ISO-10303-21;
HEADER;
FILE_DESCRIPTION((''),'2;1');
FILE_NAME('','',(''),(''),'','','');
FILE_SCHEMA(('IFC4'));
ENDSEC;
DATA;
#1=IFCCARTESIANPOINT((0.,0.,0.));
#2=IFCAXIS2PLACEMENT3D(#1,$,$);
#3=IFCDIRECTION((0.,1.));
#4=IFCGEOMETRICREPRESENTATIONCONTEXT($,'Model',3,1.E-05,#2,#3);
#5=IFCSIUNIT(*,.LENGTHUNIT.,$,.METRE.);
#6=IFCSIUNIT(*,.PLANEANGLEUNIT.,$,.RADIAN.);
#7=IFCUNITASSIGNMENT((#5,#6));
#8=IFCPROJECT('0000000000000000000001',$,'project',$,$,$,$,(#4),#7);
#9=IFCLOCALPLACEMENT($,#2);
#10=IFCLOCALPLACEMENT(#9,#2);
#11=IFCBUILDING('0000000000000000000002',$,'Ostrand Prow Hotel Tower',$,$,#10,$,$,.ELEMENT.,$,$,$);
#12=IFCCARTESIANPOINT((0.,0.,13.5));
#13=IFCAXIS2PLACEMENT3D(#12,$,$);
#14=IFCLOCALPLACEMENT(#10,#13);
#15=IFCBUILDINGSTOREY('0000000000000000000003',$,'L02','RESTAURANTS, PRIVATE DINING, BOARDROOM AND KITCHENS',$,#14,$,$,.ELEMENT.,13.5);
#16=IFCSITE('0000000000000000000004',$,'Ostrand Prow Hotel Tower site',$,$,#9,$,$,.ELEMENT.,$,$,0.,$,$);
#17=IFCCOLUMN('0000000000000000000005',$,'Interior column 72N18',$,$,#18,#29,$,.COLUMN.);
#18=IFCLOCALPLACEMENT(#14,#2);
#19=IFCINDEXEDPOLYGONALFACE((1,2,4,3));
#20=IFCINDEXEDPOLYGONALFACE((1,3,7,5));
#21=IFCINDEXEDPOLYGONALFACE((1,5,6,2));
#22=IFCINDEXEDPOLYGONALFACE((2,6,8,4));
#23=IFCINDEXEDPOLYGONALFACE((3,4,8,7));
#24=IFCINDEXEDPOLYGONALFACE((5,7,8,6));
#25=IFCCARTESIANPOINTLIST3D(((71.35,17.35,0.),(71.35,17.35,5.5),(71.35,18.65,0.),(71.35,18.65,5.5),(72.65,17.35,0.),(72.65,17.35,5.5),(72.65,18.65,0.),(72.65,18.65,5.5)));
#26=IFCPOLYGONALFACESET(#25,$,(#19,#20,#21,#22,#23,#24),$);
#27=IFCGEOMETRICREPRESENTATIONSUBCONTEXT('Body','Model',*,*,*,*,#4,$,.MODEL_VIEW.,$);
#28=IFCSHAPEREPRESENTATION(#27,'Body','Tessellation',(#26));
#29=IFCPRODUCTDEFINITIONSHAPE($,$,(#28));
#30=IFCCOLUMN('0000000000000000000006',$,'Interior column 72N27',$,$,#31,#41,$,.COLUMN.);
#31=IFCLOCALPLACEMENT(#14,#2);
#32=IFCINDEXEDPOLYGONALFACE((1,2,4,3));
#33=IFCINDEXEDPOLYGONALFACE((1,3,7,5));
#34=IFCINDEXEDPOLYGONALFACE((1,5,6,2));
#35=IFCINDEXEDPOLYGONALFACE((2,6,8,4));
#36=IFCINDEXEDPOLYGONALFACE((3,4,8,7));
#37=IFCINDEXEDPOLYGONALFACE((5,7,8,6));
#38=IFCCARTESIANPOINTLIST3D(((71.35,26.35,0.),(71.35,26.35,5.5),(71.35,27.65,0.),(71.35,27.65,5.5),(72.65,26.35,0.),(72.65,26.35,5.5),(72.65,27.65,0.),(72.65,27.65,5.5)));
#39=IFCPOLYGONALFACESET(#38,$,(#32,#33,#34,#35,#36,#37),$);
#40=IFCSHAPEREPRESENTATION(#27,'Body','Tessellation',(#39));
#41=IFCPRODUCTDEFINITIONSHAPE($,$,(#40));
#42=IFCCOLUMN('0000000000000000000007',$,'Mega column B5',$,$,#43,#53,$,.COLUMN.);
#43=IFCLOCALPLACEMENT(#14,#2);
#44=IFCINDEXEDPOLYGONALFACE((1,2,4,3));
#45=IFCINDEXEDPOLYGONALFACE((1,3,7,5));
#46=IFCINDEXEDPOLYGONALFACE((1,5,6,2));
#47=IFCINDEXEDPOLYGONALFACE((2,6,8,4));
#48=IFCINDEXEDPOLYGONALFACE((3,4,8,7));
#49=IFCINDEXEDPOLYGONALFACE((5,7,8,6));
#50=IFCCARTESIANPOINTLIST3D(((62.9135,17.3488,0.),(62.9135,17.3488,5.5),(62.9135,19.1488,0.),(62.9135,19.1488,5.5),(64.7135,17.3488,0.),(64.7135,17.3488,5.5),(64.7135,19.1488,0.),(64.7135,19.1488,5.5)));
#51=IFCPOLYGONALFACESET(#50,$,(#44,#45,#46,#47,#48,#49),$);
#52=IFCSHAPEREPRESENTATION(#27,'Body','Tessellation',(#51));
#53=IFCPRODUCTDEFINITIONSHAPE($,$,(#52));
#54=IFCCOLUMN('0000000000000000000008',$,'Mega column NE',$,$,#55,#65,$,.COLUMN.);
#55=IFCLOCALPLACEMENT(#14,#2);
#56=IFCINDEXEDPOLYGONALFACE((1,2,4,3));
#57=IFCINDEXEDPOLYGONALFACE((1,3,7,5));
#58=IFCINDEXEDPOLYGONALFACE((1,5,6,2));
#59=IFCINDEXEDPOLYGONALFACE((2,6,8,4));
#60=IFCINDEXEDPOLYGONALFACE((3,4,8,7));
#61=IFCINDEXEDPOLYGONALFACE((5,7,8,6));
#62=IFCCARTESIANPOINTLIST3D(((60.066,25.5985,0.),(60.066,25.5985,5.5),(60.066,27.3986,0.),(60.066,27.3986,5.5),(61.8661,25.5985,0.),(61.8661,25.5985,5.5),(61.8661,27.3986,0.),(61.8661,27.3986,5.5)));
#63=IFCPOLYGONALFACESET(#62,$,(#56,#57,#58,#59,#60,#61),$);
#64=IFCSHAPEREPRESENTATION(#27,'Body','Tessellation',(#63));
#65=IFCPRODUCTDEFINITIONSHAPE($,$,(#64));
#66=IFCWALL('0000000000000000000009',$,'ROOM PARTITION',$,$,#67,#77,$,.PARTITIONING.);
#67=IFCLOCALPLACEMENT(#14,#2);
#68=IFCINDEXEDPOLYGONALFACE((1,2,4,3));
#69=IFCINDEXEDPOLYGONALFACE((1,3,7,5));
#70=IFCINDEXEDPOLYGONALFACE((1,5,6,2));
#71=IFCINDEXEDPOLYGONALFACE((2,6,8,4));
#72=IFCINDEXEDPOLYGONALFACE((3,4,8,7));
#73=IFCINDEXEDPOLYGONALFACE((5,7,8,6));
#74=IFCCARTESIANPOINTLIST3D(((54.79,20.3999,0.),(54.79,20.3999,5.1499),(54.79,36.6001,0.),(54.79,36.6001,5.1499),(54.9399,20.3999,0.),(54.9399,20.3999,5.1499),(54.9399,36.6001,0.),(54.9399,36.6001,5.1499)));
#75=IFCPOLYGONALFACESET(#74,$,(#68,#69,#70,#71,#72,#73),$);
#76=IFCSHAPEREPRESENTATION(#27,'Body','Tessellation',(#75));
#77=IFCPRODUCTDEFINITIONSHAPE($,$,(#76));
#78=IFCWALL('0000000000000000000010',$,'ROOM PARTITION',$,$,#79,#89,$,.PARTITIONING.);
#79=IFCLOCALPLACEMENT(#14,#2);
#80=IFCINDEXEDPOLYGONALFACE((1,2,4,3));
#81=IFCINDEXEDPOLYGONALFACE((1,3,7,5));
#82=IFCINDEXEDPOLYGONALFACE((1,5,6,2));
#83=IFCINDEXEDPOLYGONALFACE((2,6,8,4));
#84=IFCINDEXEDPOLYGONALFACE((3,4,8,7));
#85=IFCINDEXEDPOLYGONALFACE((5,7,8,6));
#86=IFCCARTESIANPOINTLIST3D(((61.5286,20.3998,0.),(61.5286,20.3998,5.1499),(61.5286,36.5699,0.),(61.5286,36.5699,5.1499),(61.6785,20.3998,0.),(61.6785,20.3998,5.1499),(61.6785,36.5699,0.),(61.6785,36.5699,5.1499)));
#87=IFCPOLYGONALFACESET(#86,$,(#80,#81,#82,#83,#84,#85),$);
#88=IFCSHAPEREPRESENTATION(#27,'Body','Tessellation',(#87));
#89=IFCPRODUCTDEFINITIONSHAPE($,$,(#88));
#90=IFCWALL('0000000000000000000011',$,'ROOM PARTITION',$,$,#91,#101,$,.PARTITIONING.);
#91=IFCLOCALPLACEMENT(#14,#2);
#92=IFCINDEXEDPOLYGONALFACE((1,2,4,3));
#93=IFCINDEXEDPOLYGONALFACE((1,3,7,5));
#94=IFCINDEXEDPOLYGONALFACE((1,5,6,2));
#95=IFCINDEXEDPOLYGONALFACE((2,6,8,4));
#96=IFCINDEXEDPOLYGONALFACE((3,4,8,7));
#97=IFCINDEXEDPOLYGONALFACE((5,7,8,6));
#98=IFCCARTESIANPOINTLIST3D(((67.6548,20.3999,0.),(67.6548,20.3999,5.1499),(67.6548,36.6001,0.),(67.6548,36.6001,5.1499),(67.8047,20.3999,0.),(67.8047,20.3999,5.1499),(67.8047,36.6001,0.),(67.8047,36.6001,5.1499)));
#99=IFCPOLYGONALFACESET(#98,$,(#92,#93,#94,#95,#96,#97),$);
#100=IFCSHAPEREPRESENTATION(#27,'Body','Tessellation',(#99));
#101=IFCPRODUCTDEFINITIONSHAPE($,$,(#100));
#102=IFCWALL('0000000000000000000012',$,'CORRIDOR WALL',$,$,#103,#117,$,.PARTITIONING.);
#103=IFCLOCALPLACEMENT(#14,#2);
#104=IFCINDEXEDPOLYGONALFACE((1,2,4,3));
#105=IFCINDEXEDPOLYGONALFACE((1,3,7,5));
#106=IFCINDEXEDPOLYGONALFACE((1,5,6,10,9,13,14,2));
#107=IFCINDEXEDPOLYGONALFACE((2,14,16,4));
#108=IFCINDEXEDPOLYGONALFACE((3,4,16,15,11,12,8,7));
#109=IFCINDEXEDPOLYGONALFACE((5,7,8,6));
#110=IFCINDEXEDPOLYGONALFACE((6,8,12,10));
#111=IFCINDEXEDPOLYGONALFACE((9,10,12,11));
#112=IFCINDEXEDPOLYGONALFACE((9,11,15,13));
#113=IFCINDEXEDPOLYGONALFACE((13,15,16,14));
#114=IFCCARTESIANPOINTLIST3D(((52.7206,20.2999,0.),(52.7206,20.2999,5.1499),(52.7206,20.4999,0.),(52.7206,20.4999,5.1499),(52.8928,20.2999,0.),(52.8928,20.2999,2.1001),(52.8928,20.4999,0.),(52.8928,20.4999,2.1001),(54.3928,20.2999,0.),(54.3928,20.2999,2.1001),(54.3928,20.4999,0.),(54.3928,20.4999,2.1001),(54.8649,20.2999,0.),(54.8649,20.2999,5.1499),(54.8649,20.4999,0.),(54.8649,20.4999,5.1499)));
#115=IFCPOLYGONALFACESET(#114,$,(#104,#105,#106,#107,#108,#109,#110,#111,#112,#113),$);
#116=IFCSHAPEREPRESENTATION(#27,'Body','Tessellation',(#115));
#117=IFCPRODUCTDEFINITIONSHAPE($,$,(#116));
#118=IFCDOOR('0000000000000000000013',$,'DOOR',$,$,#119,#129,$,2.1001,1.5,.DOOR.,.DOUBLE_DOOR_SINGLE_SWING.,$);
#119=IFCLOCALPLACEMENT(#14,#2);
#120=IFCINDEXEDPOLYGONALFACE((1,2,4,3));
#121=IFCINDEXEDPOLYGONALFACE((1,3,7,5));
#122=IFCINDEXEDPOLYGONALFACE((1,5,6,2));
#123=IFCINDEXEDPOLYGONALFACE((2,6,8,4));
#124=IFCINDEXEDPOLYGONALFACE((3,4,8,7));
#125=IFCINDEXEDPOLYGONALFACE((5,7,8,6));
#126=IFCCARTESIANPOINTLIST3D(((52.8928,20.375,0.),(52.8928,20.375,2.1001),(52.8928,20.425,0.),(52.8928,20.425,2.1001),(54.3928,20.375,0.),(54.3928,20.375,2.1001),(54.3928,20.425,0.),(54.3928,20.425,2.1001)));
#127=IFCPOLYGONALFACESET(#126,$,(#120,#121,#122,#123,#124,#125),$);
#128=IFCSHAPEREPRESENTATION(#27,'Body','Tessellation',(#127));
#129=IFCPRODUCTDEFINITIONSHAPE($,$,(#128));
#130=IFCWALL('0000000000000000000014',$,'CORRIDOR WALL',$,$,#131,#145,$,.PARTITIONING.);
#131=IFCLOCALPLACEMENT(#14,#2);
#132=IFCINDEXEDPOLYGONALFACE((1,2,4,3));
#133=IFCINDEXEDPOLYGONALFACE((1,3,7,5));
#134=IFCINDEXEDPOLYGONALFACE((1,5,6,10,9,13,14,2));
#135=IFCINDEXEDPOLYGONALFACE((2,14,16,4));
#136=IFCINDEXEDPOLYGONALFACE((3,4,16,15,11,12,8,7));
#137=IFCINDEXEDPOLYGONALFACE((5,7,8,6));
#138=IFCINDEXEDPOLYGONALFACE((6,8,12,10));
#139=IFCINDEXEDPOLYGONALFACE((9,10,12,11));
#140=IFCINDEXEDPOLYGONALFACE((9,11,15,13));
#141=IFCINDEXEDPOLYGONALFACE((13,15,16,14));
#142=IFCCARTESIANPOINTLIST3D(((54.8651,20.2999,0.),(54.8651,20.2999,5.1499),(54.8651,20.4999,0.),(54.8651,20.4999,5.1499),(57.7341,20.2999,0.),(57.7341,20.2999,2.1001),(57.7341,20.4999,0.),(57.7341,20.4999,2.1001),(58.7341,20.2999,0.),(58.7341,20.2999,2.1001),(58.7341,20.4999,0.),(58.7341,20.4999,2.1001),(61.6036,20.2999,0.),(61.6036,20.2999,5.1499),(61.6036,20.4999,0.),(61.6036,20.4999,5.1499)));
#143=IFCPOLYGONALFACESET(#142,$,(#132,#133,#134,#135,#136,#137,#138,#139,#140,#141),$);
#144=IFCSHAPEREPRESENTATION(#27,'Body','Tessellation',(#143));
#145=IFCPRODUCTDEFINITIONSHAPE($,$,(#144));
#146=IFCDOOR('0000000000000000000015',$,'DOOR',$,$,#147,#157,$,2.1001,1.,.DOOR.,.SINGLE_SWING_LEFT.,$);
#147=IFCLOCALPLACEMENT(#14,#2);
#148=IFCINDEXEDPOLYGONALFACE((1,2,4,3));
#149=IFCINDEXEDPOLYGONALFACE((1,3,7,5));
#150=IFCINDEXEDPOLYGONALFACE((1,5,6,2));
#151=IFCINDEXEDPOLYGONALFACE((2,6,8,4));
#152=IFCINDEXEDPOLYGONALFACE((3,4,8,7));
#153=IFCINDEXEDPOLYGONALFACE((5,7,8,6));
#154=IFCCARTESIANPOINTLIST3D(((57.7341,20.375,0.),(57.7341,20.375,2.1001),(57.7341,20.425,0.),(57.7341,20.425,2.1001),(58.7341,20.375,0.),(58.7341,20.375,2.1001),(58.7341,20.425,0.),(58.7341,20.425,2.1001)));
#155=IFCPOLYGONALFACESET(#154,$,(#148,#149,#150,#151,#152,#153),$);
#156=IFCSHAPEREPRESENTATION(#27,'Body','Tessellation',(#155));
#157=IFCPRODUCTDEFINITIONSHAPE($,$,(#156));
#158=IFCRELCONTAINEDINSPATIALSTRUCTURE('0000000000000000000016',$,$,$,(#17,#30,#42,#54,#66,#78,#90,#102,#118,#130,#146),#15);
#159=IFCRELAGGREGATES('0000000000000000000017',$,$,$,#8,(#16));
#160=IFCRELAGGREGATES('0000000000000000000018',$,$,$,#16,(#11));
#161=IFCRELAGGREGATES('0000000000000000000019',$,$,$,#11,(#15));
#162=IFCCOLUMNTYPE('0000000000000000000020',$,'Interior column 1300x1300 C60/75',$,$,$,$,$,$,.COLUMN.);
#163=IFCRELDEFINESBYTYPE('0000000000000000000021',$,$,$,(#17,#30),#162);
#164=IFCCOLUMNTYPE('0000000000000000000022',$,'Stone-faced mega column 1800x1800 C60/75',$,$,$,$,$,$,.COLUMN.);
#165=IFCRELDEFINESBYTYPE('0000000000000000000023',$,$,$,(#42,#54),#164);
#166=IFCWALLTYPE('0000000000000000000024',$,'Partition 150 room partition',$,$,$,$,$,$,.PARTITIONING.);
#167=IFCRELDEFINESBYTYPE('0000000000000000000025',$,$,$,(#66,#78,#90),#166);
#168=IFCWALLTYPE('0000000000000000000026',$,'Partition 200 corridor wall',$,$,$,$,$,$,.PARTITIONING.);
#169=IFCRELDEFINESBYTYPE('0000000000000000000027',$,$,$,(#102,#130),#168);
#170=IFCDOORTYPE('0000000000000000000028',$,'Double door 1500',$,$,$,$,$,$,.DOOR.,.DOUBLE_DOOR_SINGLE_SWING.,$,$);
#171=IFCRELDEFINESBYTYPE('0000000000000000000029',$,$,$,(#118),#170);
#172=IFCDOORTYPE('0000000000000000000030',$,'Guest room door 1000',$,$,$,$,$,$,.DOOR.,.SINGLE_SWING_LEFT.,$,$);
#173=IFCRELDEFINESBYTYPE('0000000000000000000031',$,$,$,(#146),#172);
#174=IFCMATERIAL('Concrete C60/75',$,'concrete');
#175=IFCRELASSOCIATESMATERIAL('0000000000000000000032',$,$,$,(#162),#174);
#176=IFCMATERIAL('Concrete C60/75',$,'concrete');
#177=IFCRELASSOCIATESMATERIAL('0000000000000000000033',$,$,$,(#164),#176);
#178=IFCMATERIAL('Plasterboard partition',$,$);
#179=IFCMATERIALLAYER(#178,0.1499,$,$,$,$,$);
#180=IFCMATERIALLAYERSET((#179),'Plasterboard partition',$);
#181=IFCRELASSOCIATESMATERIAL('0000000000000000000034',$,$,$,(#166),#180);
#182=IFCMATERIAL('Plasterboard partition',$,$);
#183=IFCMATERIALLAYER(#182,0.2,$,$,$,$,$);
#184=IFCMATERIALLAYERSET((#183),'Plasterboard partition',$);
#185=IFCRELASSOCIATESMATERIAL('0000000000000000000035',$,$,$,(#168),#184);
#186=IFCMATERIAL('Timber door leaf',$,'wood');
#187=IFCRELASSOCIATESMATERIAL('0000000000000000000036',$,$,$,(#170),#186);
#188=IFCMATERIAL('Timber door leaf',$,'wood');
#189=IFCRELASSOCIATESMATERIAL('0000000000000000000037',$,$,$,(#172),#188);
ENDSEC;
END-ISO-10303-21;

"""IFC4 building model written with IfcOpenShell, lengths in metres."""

from ifc_helpers import new_model, si_unit, direction, frame, frame_2d, origin, origin_2d, place, context, subcontext, project, spatial, rectangle, extrude, material, layer, layer_set, material_profile, profile_set, type_object, element, fill, save


model = new_model("IFC4")

# Units and contexts
model_context = context("Model", 3, precision=1e-05, world=origin(), true_north=direction((0.0, 1.0)))
body_context = subcontext(model_context, "Body", "Model", "MODEL_VIEW")
ifc_project = project(units=[si_unit("LENGTHUNIT", "METRE"), si_unit("PLANEANGLEUNIT", "RADIAN")], contexts=[model_context])

# Site, building, storey
site_placement = place(None, origin())
site = spatial("IfcSite", under=ifc_project, at=site_placement, Name="Ostrand Prow Hotel Tower site", CompositionType="ELEMENT", RefElevation=0.0)
building_placement = place(site_placement, origin())
building = spatial("IfcBuilding", under=site, at=building_placement, Name="Ostrand Prow Hotel Tower", CompositionType="ELEMENT")
storey_placement = place(building_placement, frame((0.0, 0.0, 13.5)))
storey = spatial("IfcBuildingStorey", under=building, at=storey_placement, Name="L02", Description="RESTAURANTS, PRIVATE DINING, BOARDROOM AND KITCHENS", CompositionType="ELEMENT", Elevation=13.5)

# Columns
ifc_material_1 = material(Name="Concrete C60/75", Category="concrete")
ifc_material_profile_1 = material_profile(ifc_material_1, rectangle(XDim=1.3, YDim=1.3, at=origin_2d()), Name="RC 1300x1300")
ifc_profile_set_1 = profile_set([ifc_material_profile_1], Name="Concrete C60/75")
column_type_1 = type_object("IfcColumnType", Name="Interior column 1300x1300 C60/75", PredefinedType="COLUMN", material=ifc_profile_set_1)
for number, where, z_axis, x_axis, name in (
    (1, (72.0, 18.0, 0.0), (0.0, 0.0, 1.0), (1.0, 0.0, 0.0), "Interior column 72N18"),
    (2, (72.0, 27.0, 0.0), (0.0, 0.0, 1.0), (1.0, 0.0, 0.0), "Interior column 72N27"),
):
    element("IfcColumn", number, at=place(storey_placement, frame(where, z_axis=z_axis, x_axis=x_axis)), inside=storey, type_object=column_type_1, Name=name, PredefinedType="COLUMN", context=body_context, shape_type="SweptSolid", body=[
        extrude(rectangle(XDim=1.3, YDim=1.3, at=origin_2d()), origin(), (0.0, 0.0, 1.0), 5.5),
    ])
ifc_material_2 = material(Name="Concrete C60/75", Category="concrete")
ifc_material_profile_2 = material_profile(ifc_material_2, rectangle(XDim=1.8, YDim=1.8, at=origin_2d()), Name="RC 1800x1800")
ifc_profile_set_2 = profile_set([ifc_material_profile_2], Name="Concrete C60/75")
column_type_2 = type_object("IfcColumnType", Name="Stone-faced mega column 1800x1800 C60/75", PredefinedType="COLUMN", material=ifc_profile_set_2)
for number, where, z_axis, x_axis, name in (
    (3, (63.8135, 18.2488, 0.0), (0.0, 0.0, 1.0), (1.0, 0.0, 0.0), "Mega column B5"),
    (4, (60.9661, 26.4985, 0.0), (0.0, 0.0, 1.0), (1.0, 0.0, 0.0), "Mega column NE"),
):
    element("IfcColumn", number, at=place(storey_placement, frame(where, z_axis=z_axis, x_axis=x_axis)), inside=storey, type_object=column_type_2, Name=name, PredefinedType="COLUMN", context=body_context, shape_type="SweptSolid", body=[
        extrude(rectangle(XDim=1.8, YDim=1.8, at=origin_2d()), origin(), (0.0, 0.0, 1.0), 5.5),
    ])

# Walls
ifc_material_3 = material(Name="Plasterboard partition")
ifc_layer_1 = layer(ifc_material_3, 0.1499)
ifc_layer_set_1 = layer_set([ifc_layer_1], Name="Plasterboard partition")
wall_type_1 = type_object("IfcWallType", Name="Partition 150 room partition", PredefinedType="PARTITIONING", material=ifc_layer_set_1)
wall_1_placement = place(storey_placement, frame((54.865, 20.3999, 0.0), z_axis=(0.0, 0.0, 1.0), x_axis=(0.0, 1.0, 0.0)))
element("IfcWall", 5, at=wall_1_placement, inside=storey, type_object=wall_type_1, Name="ROOM PARTITION", PredefinedType="PARTITIONING", context=body_context, shape_type="SweptSolid", body=[
    extrude(rectangle(XDim=16.2002, YDim=0.1499, at=frame_2d((8.1001, 0.0))), origin(), (0.0, 0.0, 1.0), 5.1499),
])
wall_2_placement = place(storey_placement, frame((61.6035, 20.3999, 0.0), z_axis=(0.0, 0.0, 1.0), x_axis=(0.0, 1.0, 0.0)))
element("IfcWall", 6, at=wall_2_placement, inside=storey, type_object=wall_type_1, Name="ROOM PARTITION", PredefinedType="PARTITIONING", context=body_context, shape_type="SweptSolid", body=[
    extrude(rectangle(XDim=16.1702, YDim=0.1499, at=frame_2d((8.085, 0.0))), origin(), (0.0, 0.0, 1.0), 5.1499),
])
wall_3_placement = place(storey_placement, frame((67.7297, 20.3999, 0.0), z_axis=(0.0, 0.0, 1.0), x_axis=(0.0, 1.0, 0.0)))
element("IfcWall", 7, at=wall_3_placement, inside=storey, type_object=wall_type_1, Name="ROOM PARTITION", PredefinedType="PARTITIONING", context=body_context, shape_type="SweptSolid", body=[
    extrude(rectangle(XDim=16.2002, YDim=0.1499, at=frame_2d((8.1001, 0.0))), origin(), (0.0, 0.0, 1.0), 5.1499),
])

# Walls, openings, doors
ifc_material_4 = material(Name="Plasterboard partition")
ifc_layer_2 = layer(ifc_material_4, 0.2)
ifc_layer_set_2 = layer_set([ifc_layer_2], Name="Plasterboard partition")
wall_type_2 = type_object("IfcWallType", Name="Partition 200 corridor wall", PredefinedType="PARTITIONING", material=ifc_layer_set_2)
wall_4_placement = place(storey_placement, frame((54.865, 20.3999, 0.0), z_axis=(0.0, 0.0, 1.0), x_axis=(-1.0, 0.0, 0.0)))
wall_4 = element("IfcWall", 8, at=wall_4_placement, inside=storey, type_object=wall_type_2, Name="CORRIDOR WALL", PredefinedType="PARTITIONING", context=body_context, shape_type="SweptSolid", body=[
    extrude(rectangle(XDim=2.1443, YDim=0.2, at=frame_2d((1.0723, 0.0))), origin(), (0.0, 0.0, 1.0), 5.1499),
])
opening_1_placement = place(wall_4_placement, frame((0.4722, 0.0, 0.0)))
opening_1 = element("IfcOpeningElement", 9, at=opening_1_placement, cuts=wall_4, PredefinedType="OPENING", context=body_context, shape_type="SweptSolid", body=[
    extrude(rectangle(XDim=1.5, YDim=2.1001, at=frame_2d((0.75, 1.05))), frame((0.0, 0.1099, 0.0), z_axis=(0.0, -1.0, 0.0), x_axis=(1.0, 0.0, 0.0)), (0.0, 0.0, 1.0), 0.22),
])
ifc_material_5 = material(Name="Timber door leaf", Category="wood")
door_type_1 = type_object("IfcDoorType", Name="Double door 1500", OperationType="DOUBLE_DOOR_SINGLE_SWING", PredefinedType="DOOR", material=ifc_material_5)
door_1_placement = place(opening_1_placement, origin())
door_1 = element("IfcDoor", 10, at=door_1_placement, inside=storey, type_object=door_type_1, Name="DOOR", OperationType="DOUBLE_DOOR_SINGLE_SWING", OverallHeight=2.1001, OverallWidth=1.5, PredefinedType="DOOR", context=body_context, shape_type="SweptSolid", body=[
    extrude(rectangle(XDim=1.5, YDim=2.1001, at=frame_2d((0.75, 1.05))), frame((0.0, 0.0249, 0.0), z_axis=(0.0, -1.0, 0.0), x_axis=(1.0, 0.0, 0.0)), (0.0, 0.0, 1.0), 0.05),
])
fill(opening_1, door_1)
wall_5_placement = place(storey_placement, frame((61.6035, 20.3999, 0.0), z_axis=(0.0, 0.0, 1.0), x_axis=(-1.0, 0.0, 0.0)))
wall_5 = element("IfcWall", 11, at=wall_5_placement, inside=storey, type_object=wall_type_2, Name="CORRIDOR WALL", PredefinedType="PARTITIONING", context=body_context, shape_type="SweptSolid", body=[
    extrude(rectangle(XDim=6.7385, YDim=0.2, at=frame_2d((3.3691, 0.0))), origin(), (0.0, 0.0, 1.0), 5.1499),
])
opening_2_placement = place(wall_5_placement, frame((2.8694, 0.0, 0.0)))
opening_2 = element("IfcOpeningElement", 12, at=opening_2_placement, cuts=wall_5, PredefinedType="OPENING", context=body_context, shape_type="SweptSolid", body=[
    extrude(rectangle(XDim=1.0, YDim=2.1001, at=frame_2d((0.5, 1.05))), frame((0.0, 0.1099, 0.0), z_axis=(0.0, -1.0, 0.0), x_axis=(1.0, 0.0, 0.0)), (0.0, 0.0, 1.0), 0.22),
])
ifc_material_6 = material(Name="Timber door leaf", Category="wood")
door_type_2 = type_object("IfcDoorType", Name="Guest room door 1000", OperationType="SINGLE_SWING_LEFT", PredefinedType="DOOR", material=ifc_material_6)
door_2_placement = place(opening_2_placement, origin())
door_2 = element("IfcDoor", 13, at=door_2_placement, inside=storey, type_object=door_type_2, Name="DOOR", OperationType="SINGLE_SWING_LEFT", OverallHeight=2.1001, OverallWidth=1.0, PredefinedType="DOOR", context=body_context, shape_type="SweptSolid", body=[
    extrude(rectangle(XDim=1.0, YDim=2.1001, at=frame_2d((0.5, 1.05))), frame((0.0, 0.0249, 0.0), z_axis=(0.0, -1.0, 0.0), x_axis=(1.0, 0.0, 0.0)), (0.0, 0.0, 1.0), 0.05),
])
fill(opening_2, door_2)

save(model, "model.ifc")
